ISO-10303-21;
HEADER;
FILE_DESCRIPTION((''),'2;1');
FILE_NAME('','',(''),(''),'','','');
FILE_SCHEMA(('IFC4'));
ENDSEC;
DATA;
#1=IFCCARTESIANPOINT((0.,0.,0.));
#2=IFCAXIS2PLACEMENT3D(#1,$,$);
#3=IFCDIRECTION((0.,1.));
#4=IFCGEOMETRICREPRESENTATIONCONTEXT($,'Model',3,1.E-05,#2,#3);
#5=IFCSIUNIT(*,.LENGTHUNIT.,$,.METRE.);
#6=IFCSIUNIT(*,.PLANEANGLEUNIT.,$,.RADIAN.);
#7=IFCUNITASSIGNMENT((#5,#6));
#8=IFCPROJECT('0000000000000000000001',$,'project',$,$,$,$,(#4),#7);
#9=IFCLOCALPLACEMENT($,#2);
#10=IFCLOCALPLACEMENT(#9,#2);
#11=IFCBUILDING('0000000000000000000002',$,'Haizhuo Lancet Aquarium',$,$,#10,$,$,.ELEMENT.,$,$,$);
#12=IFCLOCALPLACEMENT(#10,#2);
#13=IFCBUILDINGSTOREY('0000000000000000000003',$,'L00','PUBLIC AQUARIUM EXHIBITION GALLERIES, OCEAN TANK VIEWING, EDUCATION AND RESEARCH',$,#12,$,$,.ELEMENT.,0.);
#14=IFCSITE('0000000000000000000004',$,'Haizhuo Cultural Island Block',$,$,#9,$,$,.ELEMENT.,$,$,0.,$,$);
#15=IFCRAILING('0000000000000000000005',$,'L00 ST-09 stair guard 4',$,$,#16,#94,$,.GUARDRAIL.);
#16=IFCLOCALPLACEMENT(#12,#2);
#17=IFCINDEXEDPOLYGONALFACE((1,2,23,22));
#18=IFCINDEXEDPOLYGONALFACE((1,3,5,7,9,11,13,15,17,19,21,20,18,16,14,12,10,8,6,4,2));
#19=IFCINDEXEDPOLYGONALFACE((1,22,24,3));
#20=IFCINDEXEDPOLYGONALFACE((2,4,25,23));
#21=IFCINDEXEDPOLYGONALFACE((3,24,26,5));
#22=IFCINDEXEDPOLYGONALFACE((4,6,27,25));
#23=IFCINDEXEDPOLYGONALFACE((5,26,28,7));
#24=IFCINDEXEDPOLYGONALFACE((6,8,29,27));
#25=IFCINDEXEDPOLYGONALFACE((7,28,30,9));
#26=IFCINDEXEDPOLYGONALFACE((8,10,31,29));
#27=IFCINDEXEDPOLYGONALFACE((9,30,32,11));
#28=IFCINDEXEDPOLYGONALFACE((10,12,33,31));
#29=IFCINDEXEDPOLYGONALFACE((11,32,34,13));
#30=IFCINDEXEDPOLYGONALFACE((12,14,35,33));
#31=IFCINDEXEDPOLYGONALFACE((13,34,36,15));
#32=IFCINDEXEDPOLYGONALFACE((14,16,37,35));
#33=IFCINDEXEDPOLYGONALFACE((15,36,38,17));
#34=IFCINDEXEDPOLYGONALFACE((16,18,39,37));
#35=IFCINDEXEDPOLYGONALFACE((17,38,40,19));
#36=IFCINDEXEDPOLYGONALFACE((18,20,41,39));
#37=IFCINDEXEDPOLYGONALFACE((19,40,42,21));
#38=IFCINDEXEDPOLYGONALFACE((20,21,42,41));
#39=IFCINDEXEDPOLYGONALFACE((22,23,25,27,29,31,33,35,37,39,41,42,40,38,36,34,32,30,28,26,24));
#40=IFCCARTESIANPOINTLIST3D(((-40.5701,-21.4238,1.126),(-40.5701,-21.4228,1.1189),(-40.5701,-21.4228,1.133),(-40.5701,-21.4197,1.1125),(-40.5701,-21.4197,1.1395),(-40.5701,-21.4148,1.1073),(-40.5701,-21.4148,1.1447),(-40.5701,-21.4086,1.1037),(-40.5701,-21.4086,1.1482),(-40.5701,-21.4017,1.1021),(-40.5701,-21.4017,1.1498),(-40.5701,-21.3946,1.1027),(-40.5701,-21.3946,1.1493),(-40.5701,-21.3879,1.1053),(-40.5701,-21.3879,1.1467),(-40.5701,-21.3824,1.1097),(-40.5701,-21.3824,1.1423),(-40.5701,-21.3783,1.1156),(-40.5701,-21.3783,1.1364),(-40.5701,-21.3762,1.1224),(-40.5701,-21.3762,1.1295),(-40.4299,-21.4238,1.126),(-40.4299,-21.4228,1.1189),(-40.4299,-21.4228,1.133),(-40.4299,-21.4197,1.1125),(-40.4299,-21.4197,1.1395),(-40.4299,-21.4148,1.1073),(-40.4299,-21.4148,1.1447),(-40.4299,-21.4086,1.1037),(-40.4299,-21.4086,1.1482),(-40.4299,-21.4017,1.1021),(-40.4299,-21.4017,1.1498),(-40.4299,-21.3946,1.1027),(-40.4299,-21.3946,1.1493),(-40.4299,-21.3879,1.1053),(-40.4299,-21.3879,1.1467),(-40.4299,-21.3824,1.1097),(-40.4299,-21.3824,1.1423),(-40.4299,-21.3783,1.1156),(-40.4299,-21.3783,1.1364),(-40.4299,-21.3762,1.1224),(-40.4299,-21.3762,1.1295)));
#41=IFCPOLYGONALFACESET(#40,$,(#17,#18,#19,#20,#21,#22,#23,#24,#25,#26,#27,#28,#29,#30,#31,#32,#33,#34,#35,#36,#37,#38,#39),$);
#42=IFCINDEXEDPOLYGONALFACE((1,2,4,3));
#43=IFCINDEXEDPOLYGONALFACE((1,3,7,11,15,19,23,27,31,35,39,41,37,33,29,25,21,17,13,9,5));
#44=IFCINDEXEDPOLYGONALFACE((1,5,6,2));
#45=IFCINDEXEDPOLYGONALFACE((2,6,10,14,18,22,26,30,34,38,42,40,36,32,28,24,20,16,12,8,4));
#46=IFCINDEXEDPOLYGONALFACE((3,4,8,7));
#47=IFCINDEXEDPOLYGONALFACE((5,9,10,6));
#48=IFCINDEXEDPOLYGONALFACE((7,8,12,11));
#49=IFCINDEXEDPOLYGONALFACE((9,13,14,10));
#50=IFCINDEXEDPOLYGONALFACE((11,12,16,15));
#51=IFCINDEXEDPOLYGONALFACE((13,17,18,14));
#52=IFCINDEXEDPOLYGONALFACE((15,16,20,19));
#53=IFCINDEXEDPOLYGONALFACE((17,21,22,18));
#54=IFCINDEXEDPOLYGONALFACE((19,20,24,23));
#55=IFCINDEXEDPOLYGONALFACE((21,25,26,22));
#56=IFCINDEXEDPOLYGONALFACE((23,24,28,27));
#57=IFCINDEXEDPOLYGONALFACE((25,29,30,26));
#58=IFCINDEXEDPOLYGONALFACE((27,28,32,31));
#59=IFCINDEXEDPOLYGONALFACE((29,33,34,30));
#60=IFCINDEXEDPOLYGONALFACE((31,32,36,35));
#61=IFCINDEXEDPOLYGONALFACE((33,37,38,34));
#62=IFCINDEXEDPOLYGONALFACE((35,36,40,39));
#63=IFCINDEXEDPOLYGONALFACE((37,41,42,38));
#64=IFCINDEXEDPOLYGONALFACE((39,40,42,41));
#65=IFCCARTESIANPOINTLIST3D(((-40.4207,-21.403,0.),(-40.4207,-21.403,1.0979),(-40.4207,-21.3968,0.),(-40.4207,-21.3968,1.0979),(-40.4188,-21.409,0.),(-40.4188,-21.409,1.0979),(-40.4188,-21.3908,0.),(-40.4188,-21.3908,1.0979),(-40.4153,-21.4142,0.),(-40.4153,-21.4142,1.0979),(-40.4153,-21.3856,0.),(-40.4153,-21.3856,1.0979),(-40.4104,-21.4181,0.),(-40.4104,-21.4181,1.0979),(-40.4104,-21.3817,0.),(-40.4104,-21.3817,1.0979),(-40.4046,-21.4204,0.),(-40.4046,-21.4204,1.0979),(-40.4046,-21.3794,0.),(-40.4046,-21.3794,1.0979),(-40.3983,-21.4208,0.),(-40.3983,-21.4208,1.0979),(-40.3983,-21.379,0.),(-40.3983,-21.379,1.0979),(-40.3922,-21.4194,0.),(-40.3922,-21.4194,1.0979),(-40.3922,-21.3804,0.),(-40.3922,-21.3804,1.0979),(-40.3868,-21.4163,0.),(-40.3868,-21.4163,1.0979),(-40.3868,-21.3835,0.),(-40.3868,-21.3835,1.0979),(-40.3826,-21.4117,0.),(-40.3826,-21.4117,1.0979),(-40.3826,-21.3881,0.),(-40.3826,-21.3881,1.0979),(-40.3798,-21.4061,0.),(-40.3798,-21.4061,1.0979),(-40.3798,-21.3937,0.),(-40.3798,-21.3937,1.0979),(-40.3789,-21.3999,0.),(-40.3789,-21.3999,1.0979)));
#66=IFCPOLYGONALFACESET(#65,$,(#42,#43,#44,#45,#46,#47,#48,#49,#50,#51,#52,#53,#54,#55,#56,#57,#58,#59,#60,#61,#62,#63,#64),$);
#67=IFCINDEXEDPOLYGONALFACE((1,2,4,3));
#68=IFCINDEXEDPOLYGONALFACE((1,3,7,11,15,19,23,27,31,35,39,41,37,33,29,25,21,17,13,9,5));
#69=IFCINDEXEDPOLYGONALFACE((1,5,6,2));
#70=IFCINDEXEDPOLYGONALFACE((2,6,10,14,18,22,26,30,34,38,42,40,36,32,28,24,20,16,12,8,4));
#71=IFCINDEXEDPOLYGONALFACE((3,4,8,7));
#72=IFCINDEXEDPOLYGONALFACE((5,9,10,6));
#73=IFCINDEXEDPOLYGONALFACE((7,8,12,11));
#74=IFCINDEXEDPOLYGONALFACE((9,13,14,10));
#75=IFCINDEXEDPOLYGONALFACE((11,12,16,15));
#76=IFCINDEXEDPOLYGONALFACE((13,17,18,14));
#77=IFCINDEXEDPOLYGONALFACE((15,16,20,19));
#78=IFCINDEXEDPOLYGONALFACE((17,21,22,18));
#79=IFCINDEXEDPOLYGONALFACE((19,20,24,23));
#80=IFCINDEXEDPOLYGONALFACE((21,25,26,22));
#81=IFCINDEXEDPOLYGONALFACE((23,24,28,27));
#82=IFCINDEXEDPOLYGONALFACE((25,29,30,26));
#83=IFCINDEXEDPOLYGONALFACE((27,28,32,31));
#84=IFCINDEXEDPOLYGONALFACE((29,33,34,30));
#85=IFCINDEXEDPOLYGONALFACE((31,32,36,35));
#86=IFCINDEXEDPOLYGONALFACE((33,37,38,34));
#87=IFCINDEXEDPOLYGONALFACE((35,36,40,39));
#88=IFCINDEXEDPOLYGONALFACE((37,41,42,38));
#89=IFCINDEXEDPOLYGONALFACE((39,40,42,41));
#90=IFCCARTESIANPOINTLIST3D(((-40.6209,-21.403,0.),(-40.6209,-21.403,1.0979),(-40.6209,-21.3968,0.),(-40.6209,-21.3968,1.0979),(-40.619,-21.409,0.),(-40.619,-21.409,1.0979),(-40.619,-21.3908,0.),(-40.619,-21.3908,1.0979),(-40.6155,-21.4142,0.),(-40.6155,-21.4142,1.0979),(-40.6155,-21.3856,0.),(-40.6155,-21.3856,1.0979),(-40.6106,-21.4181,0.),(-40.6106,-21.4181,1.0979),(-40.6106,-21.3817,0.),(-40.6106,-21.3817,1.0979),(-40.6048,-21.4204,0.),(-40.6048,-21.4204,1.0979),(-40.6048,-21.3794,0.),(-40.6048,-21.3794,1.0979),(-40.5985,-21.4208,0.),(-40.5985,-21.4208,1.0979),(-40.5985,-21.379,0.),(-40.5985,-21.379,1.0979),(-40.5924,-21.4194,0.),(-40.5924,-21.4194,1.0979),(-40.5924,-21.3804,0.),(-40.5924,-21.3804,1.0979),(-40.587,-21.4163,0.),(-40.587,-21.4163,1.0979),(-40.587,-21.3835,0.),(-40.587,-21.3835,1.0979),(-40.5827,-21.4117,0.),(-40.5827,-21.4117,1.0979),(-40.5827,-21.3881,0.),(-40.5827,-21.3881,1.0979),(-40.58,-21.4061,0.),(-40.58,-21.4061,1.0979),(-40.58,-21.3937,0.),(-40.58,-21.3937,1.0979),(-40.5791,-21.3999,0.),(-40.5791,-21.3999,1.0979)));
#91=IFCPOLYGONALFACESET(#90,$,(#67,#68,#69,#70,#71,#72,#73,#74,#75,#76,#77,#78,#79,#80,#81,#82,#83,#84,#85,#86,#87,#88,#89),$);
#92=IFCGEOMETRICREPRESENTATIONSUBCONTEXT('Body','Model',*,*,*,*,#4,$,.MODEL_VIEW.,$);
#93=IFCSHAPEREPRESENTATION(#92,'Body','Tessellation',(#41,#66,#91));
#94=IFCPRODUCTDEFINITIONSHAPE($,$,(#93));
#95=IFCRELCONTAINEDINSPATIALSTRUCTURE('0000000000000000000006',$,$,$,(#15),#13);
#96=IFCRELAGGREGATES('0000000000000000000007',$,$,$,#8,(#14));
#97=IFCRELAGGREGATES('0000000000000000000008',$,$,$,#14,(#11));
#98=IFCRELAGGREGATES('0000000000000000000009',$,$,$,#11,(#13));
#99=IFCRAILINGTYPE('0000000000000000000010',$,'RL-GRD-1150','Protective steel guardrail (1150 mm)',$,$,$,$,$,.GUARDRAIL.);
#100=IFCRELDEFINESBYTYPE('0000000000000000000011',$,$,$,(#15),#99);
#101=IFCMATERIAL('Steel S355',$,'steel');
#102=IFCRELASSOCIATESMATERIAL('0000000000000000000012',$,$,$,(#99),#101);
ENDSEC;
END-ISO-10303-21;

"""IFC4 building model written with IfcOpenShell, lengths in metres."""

from ifc_helpers import new_model, si_unit, direction, frame, origin, origin_2d, place, context, subcontext, project, spatial, circle, extrude, material, type_object, element, save


model = new_model("IFC4")

# Units and contexts
model_context = context("Model", 3, precision=1e-05, world=origin(), true_north=direction((0.0, 1.0)))
body_context = subcontext(model_context, "Body", "Model", "MODEL_VIEW")
ifc_project = project(units=[si_unit("LENGTHUNIT", "METRE"), si_unit("PLANEANGLEUNIT", "RADIAN")], contexts=[model_context])

# Site, building, storey
site_placement = place(None, origin())
site = spatial("IfcSite", under=ifc_project, at=site_placement, Name="Haizhuo Cultural Island Block", CompositionType="ELEMENT", RefElevation=0.0)
building_placement = place(site_placement, origin())
building = spatial("IfcBuilding", under=site, at=building_placement, Name="Haizhuo Lancet Aquarium", CompositionType="ELEMENT")
storey_placement = place(building_placement, origin())
storey = spatial("IfcBuildingStorey", under=building, at=storey_placement, Name="L00", Description="PUBLIC AQUARIUM EXHIBITION GALLERIES, OCEAN TANK VIEWING, EDUCATION AND RESEARCH", CompositionType="ELEMENT", Elevation=0.0)

# Shared definitions
ifc_material_1 = material(Name="Steel S355", Category="steel")

# Railing
railing_type_1 = type_object("IfcRailingType", Name="RL-GRD-1150", Description="Protective steel guardrail (1150 mm)", PredefinedType="GUARDRAIL", material=ifc_material_1)
railing_1_placement = place(storey_placement, frame((-40.3999, -21.3999, 0.0)))
element("IfcRailing", 1, at=railing_1_placement, inside=storey, type_object=railing_type_1, Name="L00 ST-09 stair guard 4", PredefinedType="GUARDRAIL", context=body_context, shape_type="SweptSolid", body=[
    extrude(circle(Radius=0.0239, at=origin_2d()), frame((-0.03, 0.0, 1.126), z_axis=(-1.0, 0.0, 0.0), x_axis=(0.0, -1.0, 0.0)), (0.0, 0.0, 1.0), 0.1401),
    extrude(circle(Radius=0.021, at=origin_2d()), origin(), (0.0, 0.0, 1.0), 1.0979),
    extrude(circle(Radius=0.021, at=origin_2d()), frame((-0.2002, 0.0, 0.0)), (0.0, 0.0, 1.0), 1.0979),
])

save(model, "model.ifc")
